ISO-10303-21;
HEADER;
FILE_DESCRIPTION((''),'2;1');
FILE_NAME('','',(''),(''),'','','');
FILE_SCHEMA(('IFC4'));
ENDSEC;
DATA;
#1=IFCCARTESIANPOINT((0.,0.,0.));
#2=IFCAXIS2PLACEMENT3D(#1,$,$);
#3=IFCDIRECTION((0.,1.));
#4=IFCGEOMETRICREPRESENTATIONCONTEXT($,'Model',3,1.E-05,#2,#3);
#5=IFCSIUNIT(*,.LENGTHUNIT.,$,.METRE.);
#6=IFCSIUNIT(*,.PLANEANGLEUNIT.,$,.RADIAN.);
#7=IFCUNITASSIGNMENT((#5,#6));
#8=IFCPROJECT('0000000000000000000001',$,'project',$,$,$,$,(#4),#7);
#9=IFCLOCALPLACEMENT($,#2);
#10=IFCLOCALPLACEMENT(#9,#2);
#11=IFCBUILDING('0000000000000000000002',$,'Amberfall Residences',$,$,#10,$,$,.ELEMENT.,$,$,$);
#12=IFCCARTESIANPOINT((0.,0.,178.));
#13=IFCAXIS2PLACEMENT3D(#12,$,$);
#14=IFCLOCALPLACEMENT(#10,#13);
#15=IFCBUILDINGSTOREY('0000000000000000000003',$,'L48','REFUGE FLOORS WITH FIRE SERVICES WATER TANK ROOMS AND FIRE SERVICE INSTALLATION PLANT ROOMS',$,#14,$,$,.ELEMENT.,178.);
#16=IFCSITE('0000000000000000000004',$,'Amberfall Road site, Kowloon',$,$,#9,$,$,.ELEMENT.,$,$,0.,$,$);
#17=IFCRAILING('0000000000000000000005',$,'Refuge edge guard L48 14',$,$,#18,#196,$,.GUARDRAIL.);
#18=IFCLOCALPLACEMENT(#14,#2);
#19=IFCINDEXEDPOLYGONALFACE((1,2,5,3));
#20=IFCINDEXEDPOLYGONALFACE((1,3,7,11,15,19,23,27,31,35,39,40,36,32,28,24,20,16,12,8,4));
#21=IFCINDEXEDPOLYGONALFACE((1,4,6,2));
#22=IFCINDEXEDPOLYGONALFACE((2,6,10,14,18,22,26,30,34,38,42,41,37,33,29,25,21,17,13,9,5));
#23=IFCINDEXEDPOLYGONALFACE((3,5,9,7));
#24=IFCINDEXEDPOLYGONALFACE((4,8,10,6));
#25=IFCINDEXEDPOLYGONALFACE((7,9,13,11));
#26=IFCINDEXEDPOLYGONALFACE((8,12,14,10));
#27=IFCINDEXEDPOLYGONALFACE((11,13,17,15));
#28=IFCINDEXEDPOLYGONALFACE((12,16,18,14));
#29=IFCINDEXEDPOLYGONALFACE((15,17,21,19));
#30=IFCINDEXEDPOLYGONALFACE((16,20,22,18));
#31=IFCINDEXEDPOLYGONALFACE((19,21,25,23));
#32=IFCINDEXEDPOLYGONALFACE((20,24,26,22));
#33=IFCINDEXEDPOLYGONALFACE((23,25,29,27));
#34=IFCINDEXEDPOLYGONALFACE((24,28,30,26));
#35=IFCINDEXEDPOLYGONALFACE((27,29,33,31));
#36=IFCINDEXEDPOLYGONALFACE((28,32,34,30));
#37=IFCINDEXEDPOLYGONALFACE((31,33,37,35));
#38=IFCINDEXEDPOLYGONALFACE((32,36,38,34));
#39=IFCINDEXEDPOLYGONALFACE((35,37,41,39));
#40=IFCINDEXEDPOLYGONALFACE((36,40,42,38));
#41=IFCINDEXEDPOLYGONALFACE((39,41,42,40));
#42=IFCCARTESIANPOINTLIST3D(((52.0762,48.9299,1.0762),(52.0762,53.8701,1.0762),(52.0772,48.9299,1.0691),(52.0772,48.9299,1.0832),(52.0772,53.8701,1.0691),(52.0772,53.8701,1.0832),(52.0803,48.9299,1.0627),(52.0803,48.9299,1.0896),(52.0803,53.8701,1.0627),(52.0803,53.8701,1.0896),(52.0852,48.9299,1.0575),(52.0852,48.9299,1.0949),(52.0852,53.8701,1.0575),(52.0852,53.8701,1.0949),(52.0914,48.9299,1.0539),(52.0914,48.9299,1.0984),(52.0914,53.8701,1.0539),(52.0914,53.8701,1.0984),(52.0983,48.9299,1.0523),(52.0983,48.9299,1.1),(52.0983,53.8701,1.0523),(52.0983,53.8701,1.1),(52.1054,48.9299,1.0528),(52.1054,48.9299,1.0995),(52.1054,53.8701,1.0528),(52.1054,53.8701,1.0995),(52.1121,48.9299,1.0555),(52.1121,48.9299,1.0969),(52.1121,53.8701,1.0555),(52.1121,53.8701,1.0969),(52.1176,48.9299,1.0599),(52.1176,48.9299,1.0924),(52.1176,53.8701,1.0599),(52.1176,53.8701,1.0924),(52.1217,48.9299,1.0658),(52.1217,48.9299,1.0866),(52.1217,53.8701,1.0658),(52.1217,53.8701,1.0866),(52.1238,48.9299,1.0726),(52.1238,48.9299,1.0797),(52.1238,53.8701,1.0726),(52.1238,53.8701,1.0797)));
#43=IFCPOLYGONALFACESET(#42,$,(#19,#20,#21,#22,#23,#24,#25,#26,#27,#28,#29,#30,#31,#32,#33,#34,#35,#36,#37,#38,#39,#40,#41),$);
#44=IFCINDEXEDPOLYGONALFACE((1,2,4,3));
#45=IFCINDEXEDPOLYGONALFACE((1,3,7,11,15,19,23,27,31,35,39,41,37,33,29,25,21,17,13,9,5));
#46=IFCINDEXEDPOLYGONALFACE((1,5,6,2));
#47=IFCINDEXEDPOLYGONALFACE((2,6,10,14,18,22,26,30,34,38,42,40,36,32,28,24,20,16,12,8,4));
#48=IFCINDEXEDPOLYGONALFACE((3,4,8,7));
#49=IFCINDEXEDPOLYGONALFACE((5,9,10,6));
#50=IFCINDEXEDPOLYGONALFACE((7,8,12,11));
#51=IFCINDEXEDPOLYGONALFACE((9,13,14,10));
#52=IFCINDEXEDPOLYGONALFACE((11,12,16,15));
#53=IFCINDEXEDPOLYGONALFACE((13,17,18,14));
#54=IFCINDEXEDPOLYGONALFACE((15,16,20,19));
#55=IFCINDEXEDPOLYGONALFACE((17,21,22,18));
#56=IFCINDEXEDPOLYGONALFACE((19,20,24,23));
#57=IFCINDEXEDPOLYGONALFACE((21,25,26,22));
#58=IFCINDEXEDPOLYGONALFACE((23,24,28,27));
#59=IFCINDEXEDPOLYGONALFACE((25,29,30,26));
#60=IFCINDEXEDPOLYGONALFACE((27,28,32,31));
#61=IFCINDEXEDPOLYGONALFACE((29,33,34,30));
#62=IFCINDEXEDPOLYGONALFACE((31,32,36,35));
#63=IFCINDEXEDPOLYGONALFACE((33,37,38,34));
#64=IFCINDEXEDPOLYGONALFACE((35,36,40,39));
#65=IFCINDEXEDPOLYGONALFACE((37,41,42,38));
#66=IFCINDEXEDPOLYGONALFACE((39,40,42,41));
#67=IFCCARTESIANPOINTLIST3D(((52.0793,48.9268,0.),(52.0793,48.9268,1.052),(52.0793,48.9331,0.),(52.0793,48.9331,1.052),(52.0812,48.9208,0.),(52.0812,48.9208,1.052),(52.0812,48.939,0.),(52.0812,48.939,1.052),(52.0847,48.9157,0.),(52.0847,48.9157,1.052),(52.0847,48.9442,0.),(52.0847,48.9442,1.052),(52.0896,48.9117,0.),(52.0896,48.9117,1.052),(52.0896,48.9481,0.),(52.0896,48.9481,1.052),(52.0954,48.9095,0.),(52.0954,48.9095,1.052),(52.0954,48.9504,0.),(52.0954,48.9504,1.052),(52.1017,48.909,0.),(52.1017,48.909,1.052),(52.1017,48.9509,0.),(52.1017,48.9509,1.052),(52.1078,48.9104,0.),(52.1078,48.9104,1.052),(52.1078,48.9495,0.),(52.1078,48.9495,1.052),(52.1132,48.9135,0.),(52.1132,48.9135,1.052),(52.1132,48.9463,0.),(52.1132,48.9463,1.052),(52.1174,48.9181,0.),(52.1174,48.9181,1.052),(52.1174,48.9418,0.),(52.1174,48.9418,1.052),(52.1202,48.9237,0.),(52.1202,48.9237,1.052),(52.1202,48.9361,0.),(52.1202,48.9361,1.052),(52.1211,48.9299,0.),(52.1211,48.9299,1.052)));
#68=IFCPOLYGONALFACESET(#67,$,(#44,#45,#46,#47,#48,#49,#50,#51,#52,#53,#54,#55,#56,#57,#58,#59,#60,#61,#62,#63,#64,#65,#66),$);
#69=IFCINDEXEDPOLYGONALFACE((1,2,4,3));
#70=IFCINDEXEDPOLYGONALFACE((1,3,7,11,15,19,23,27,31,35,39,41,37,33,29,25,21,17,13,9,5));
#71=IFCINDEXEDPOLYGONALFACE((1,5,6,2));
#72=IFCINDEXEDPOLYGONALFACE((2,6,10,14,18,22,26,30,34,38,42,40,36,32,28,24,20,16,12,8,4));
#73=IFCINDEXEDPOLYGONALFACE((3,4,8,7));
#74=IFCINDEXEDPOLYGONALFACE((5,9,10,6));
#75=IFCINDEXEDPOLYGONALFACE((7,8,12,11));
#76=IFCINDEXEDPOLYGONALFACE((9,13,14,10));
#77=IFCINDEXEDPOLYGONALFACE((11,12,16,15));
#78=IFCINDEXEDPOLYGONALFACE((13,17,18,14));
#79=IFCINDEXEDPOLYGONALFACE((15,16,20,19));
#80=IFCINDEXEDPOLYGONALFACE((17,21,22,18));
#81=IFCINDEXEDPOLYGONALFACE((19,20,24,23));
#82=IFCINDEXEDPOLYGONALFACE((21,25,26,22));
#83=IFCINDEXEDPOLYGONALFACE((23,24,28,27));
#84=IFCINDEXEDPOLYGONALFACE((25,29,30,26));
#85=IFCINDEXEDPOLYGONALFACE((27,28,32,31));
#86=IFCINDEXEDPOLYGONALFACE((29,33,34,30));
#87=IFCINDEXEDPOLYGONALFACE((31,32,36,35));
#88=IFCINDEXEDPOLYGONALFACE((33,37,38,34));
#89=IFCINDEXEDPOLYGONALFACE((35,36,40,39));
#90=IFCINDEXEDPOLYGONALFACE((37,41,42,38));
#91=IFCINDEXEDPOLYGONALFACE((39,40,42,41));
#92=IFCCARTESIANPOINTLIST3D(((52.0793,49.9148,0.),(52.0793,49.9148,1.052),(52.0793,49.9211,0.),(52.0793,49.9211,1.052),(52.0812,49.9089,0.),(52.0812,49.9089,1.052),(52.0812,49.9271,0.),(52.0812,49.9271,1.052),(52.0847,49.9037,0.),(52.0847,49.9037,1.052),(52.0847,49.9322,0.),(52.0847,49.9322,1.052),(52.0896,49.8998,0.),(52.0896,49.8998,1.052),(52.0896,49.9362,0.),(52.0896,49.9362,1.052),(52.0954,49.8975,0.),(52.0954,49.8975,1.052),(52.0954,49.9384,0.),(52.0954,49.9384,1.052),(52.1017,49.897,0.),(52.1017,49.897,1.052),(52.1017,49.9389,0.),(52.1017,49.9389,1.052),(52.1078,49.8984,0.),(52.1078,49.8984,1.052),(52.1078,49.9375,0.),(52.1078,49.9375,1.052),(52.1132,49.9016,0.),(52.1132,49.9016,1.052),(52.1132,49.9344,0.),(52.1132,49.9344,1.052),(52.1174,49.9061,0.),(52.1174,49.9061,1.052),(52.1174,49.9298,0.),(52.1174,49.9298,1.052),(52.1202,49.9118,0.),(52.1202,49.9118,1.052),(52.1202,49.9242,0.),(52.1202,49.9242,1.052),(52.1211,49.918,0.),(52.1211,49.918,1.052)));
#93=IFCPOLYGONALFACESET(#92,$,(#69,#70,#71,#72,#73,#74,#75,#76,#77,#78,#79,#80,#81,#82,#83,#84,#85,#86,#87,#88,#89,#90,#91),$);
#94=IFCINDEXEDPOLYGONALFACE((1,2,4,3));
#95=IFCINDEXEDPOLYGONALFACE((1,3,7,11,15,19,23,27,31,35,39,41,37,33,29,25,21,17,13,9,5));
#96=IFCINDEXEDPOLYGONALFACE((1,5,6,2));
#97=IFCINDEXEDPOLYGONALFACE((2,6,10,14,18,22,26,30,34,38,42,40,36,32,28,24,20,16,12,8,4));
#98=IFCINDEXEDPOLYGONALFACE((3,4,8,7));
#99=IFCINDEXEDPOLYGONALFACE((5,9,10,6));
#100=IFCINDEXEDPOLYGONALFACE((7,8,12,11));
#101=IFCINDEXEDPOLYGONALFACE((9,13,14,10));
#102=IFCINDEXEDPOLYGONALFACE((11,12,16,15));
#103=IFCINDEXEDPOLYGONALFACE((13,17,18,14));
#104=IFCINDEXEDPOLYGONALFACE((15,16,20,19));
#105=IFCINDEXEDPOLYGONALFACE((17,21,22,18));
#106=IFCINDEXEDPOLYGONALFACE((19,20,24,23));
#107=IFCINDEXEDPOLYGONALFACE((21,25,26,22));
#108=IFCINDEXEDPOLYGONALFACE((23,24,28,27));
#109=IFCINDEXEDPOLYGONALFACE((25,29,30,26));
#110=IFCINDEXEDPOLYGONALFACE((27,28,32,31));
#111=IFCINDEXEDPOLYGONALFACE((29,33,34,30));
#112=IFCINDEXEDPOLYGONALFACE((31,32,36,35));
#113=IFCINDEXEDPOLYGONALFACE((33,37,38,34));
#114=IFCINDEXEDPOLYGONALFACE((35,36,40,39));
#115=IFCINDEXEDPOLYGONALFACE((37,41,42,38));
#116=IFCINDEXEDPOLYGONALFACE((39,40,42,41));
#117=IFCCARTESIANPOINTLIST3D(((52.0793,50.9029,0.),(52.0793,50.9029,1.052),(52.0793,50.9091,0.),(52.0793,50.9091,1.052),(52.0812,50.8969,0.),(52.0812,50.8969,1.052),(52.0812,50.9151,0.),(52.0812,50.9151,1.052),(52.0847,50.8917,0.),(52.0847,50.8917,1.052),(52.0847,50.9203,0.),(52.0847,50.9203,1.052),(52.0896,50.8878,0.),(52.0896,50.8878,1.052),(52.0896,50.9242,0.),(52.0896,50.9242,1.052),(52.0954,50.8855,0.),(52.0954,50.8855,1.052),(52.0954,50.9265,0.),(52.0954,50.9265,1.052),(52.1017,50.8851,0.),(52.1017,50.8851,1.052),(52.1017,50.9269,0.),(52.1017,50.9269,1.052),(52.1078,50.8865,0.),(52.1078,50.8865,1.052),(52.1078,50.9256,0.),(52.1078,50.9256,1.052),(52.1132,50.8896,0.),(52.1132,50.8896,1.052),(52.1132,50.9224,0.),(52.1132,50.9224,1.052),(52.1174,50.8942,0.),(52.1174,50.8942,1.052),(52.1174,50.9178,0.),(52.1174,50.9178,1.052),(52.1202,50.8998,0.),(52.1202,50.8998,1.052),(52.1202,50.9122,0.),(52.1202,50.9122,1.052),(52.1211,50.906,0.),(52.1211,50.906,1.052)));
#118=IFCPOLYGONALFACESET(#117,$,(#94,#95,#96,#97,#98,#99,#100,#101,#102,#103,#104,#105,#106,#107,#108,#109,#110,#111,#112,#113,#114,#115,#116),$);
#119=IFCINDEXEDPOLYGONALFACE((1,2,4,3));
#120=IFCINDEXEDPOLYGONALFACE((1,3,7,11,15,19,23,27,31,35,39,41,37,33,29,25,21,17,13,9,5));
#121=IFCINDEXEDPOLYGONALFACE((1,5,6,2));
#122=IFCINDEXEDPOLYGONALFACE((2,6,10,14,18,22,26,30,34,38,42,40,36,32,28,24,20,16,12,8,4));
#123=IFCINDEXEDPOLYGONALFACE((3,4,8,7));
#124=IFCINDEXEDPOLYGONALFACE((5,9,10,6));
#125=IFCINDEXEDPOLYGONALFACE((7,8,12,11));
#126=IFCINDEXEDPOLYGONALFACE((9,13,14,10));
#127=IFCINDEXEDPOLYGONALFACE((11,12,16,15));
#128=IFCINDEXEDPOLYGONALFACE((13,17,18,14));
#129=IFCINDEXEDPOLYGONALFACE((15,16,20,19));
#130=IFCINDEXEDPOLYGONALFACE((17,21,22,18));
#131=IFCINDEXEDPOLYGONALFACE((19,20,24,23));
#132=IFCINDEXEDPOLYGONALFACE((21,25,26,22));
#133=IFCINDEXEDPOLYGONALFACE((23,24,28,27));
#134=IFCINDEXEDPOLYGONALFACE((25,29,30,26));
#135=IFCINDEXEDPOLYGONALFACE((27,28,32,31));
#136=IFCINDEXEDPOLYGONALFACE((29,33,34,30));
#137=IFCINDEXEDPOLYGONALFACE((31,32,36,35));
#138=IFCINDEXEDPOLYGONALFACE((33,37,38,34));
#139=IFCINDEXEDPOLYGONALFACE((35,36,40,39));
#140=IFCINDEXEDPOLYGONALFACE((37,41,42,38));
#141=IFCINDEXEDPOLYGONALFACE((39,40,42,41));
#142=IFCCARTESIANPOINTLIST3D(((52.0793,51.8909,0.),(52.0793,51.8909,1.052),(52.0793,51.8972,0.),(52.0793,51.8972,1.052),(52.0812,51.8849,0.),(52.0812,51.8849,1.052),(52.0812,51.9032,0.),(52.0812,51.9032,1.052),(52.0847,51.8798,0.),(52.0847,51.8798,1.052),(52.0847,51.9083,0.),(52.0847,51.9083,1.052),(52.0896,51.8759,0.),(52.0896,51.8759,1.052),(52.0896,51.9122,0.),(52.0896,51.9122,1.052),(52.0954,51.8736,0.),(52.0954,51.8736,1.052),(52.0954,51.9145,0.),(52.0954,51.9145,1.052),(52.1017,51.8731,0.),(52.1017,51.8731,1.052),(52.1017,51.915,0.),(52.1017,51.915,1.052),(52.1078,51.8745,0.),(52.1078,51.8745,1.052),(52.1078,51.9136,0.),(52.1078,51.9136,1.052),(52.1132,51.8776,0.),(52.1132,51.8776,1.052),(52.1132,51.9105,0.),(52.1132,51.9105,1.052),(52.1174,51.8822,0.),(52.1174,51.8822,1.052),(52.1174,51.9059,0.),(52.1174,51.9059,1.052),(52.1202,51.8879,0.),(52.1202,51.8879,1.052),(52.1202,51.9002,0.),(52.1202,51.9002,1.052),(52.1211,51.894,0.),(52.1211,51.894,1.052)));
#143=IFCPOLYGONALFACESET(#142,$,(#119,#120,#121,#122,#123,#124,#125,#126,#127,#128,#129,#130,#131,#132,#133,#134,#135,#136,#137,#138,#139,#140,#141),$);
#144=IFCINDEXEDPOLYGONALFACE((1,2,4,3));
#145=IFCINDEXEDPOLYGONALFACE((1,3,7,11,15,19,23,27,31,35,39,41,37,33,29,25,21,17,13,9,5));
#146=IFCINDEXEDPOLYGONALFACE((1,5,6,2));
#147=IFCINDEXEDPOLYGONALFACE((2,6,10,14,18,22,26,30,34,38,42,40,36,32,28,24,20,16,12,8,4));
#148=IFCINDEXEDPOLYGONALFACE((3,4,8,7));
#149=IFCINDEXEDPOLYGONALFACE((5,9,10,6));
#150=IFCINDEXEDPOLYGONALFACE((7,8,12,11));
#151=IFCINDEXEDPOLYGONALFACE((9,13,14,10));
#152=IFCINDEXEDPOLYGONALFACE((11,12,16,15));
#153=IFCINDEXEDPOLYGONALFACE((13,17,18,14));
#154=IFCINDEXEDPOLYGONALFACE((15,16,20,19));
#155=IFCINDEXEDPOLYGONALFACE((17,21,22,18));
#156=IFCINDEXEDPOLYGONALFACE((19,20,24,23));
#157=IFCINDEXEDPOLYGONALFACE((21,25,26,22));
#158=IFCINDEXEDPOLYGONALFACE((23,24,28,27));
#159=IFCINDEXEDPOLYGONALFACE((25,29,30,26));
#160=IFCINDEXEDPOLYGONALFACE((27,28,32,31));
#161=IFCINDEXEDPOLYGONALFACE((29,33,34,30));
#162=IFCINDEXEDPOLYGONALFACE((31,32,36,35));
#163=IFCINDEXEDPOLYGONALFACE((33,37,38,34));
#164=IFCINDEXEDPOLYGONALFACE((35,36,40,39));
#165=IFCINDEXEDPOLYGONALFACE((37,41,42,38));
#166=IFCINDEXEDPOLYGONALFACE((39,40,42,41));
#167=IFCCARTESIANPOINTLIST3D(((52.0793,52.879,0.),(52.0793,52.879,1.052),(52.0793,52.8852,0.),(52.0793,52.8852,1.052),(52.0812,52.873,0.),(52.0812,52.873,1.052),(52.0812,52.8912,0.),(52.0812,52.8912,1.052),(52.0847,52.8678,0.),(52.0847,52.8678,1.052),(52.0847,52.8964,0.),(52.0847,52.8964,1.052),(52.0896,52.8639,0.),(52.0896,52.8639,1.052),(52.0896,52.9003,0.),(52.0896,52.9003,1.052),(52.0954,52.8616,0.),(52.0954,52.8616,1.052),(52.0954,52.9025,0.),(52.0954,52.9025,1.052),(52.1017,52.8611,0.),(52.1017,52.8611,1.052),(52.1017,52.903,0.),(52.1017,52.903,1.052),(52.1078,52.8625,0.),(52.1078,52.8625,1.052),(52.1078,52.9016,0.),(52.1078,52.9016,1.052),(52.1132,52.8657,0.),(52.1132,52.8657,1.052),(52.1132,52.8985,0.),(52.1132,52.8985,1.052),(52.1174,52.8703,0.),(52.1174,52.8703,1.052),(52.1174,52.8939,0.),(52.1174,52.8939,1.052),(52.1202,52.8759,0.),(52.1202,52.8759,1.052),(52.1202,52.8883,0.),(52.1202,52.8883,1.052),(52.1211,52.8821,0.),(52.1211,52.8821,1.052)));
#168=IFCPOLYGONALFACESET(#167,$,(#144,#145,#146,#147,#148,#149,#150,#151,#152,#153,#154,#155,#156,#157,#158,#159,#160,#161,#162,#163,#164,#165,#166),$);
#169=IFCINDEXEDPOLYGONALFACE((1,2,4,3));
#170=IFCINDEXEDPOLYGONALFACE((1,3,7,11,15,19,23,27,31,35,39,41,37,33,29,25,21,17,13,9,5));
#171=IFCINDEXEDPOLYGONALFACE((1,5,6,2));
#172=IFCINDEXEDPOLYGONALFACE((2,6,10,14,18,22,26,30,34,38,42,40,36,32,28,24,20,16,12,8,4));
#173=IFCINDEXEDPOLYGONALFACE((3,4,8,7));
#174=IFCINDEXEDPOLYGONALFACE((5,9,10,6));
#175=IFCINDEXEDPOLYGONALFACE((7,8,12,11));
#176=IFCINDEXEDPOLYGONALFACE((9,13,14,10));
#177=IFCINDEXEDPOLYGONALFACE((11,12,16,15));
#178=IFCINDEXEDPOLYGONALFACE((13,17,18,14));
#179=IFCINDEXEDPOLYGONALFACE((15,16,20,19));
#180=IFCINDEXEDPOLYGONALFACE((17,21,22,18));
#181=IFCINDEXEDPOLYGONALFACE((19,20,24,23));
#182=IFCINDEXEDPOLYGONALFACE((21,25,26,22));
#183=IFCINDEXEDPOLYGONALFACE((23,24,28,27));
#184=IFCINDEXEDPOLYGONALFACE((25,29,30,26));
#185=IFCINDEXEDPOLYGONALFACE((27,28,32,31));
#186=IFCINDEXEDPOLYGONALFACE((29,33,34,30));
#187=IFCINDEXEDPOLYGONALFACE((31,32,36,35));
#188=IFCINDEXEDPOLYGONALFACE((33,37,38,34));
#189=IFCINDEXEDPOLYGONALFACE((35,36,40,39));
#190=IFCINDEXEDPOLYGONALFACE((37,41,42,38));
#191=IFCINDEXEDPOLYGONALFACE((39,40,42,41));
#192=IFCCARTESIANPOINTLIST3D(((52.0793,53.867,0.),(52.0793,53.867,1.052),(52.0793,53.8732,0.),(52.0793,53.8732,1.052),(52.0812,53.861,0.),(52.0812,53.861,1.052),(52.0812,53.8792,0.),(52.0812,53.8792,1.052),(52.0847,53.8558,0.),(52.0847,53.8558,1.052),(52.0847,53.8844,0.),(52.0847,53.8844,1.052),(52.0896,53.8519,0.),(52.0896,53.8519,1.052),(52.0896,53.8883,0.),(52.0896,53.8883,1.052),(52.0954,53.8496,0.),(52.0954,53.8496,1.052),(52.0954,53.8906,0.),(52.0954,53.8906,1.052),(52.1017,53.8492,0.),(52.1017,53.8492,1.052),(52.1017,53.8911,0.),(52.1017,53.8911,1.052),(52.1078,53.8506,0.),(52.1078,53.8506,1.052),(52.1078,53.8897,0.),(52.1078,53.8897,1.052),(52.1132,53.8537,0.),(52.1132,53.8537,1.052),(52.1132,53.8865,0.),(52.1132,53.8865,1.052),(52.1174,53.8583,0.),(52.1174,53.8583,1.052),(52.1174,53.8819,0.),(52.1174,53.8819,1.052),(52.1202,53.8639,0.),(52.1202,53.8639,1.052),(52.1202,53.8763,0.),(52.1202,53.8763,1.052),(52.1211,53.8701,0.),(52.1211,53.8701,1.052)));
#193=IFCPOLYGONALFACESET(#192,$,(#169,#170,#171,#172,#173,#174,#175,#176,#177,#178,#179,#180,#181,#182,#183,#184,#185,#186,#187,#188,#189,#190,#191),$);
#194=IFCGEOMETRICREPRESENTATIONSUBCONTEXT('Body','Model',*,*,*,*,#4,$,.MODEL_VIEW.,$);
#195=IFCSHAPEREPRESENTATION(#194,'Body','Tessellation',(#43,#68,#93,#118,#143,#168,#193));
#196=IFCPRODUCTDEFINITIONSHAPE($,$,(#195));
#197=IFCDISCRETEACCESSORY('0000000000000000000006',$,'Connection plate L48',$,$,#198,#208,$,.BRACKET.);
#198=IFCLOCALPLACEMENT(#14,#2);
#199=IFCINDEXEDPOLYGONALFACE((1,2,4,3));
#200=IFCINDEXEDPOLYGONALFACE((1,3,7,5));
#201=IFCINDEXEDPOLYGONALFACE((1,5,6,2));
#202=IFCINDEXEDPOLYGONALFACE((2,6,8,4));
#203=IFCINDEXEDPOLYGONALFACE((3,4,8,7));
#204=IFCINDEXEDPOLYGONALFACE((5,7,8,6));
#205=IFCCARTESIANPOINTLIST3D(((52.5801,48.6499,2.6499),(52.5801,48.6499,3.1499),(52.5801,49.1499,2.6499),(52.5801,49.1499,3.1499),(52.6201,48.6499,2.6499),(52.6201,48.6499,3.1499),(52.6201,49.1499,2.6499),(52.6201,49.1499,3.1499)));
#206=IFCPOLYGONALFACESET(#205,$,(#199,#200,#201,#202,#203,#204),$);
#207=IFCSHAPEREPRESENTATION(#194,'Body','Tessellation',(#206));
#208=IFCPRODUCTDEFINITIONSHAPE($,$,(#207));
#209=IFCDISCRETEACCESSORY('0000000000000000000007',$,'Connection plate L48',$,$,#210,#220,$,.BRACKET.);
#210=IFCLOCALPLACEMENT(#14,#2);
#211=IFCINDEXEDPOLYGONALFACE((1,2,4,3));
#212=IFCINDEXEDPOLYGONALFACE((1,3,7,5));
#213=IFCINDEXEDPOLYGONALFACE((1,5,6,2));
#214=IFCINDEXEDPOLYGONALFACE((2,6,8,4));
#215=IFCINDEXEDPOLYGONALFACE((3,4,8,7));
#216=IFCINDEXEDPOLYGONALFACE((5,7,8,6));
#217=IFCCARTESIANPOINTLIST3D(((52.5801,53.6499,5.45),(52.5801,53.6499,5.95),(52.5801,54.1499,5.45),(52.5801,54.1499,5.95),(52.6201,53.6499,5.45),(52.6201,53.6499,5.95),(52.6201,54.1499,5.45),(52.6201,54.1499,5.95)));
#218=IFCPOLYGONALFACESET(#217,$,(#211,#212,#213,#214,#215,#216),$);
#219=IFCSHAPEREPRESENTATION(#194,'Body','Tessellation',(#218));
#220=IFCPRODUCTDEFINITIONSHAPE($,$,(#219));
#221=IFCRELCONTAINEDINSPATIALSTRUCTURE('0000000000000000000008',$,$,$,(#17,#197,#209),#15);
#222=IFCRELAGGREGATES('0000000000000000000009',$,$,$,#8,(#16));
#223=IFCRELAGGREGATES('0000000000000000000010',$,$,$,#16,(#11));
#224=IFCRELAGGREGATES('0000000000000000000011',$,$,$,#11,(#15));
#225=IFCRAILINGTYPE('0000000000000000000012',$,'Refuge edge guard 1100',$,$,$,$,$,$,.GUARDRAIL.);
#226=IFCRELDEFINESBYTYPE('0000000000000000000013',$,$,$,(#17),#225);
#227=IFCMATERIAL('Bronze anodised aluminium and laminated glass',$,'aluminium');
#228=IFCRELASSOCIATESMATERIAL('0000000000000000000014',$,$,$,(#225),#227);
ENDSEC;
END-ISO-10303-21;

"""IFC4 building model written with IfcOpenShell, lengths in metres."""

from ifc_helpers import new_model, si_unit, direction, frame, origin, origin_2d, place, context, subcontext, project, spatial, rectangle, circle, extrude, material, type_object, element, save


model = new_model("IFC4")

# Units and contexts
model_context = context("Model", 3, precision=1e-05, world=origin(), true_north=direction((0.0, 1.0)))
body_context = subcontext(model_context, "Body", "Model", "MODEL_VIEW")
ifc_project = project(units=[si_unit("LENGTHUNIT", "METRE"), si_unit("PLANEANGLEUNIT", "RADIAN")], contexts=[model_context])

# Site, building, storey
site_placement = place(None, origin())
site = spatial("IfcSite", under=ifc_project, at=site_placement, Name="Amberfall Road site, Kowloon", CompositionType="ELEMENT", RefElevation=0.0)
building_placement = place(site_placement, origin())
building = spatial("IfcBuilding", under=site, at=building_placement, Name="Amberfall Residences", CompositionType="ELEMENT")
storey_placement = place(building_placement, frame((0.0, 0.0, 178.0)))
storey = spatial("IfcBuildingStorey", under=building, at=storey_placement, Name="L48", Description="REFUGE FLOORS WITH FIRE SERVICES WATER TANK ROOMS AND FIRE SERVICE INSTALLATION PLANT ROOMS", CompositionType="ELEMENT", Elevation=178.0)

# Railing
ifc_material_1 = material(Name="Bronze anodised aluminium and laminated glass", Category="aluminium")
railing_type = type_object("IfcRailingType", Name="Refuge edge guard 1100", PredefinedType="GUARDRAIL", material=ifc_material_1)
railing_placement = place(storey_placement, frame((52.1001, 48.9299, 0.0)))
element("IfcRailing", 1, at=railing_placement, inside=storey, type_object=railing_type, Name="Refuge edge guard L48 14", PredefinedType="GUARDRAIL", context=body_context, shape_type="SweptSolid", body=[
    extrude(circle(Radius=0.0239, at=origin_2d()), frame((0.0, 0.0, 1.0762), z_axis=(0.0, 1.0, 0.0), x_axis=(-1.0, 0.0, 0.0)), (0.0, 0.0, 1.0), 4.9402),
    extrude(circle(Radius=0.021, at=origin_2d()), origin(), (0.0, 0.0, 1.0), 1.052),
    extrude(circle(Radius=0.021, at=origin_2d()), frame((0.0, 0.988, 0.0)), (0.0, 0.0, 1.0), 1.052),
    extrude(circle(Radius=0.021, at=origin_2d()), frame((0.0, 1.9761, 0.0)), (0.0, 0.0, 1.0), 1.052),
    extrude(circle(Radius=0.021, at=origin_2d()), frame((0.0, 2.9641, 0.0)), (0.0, 0.0, 1.0), 1.052),
    extrude(circle(Radius=0.021, at=origin_2d()), frame((0.0, 3.9521, 0.0)), (0.0, 0.0, 1.0), 1.052),
    extrude(circle(Radius=0.021, at=origin_2d()), frame((0.0, 4.9402, 0.0)), (0.0, 0.0, 1.0), 1.052),
])

# Discrete accessories
for number, where, z_axis, x_axis, name in (
    (2, (52.6001, 48.8999, 2.6499), (0.0, 0.0, 1.0), (0.0, 1.0, 0.0), "Connection plate L48"),
    (3, (52.6001, 53.8999, 5.45), (0.0, 0.0, 1.0), (0.0, 1.0, 0.0), "Connection plate L48"),
):
    element("IfcDiscreteAccessory", number, at=place(storey_placement, frame(where, z_axis=z_axis, x_axis=x_axis)), inside=storey, Name=name, PredefinedType="BRACKET", context=body_context, shape_type="SweptSolid", body=[
        extrude(rectangle(XDim=0.5, YDim=0.04, at=origin_2d()), origin(), (0.0, 0.0, 1.0), 0.5),
    ])

save(model, "model.ifc")
